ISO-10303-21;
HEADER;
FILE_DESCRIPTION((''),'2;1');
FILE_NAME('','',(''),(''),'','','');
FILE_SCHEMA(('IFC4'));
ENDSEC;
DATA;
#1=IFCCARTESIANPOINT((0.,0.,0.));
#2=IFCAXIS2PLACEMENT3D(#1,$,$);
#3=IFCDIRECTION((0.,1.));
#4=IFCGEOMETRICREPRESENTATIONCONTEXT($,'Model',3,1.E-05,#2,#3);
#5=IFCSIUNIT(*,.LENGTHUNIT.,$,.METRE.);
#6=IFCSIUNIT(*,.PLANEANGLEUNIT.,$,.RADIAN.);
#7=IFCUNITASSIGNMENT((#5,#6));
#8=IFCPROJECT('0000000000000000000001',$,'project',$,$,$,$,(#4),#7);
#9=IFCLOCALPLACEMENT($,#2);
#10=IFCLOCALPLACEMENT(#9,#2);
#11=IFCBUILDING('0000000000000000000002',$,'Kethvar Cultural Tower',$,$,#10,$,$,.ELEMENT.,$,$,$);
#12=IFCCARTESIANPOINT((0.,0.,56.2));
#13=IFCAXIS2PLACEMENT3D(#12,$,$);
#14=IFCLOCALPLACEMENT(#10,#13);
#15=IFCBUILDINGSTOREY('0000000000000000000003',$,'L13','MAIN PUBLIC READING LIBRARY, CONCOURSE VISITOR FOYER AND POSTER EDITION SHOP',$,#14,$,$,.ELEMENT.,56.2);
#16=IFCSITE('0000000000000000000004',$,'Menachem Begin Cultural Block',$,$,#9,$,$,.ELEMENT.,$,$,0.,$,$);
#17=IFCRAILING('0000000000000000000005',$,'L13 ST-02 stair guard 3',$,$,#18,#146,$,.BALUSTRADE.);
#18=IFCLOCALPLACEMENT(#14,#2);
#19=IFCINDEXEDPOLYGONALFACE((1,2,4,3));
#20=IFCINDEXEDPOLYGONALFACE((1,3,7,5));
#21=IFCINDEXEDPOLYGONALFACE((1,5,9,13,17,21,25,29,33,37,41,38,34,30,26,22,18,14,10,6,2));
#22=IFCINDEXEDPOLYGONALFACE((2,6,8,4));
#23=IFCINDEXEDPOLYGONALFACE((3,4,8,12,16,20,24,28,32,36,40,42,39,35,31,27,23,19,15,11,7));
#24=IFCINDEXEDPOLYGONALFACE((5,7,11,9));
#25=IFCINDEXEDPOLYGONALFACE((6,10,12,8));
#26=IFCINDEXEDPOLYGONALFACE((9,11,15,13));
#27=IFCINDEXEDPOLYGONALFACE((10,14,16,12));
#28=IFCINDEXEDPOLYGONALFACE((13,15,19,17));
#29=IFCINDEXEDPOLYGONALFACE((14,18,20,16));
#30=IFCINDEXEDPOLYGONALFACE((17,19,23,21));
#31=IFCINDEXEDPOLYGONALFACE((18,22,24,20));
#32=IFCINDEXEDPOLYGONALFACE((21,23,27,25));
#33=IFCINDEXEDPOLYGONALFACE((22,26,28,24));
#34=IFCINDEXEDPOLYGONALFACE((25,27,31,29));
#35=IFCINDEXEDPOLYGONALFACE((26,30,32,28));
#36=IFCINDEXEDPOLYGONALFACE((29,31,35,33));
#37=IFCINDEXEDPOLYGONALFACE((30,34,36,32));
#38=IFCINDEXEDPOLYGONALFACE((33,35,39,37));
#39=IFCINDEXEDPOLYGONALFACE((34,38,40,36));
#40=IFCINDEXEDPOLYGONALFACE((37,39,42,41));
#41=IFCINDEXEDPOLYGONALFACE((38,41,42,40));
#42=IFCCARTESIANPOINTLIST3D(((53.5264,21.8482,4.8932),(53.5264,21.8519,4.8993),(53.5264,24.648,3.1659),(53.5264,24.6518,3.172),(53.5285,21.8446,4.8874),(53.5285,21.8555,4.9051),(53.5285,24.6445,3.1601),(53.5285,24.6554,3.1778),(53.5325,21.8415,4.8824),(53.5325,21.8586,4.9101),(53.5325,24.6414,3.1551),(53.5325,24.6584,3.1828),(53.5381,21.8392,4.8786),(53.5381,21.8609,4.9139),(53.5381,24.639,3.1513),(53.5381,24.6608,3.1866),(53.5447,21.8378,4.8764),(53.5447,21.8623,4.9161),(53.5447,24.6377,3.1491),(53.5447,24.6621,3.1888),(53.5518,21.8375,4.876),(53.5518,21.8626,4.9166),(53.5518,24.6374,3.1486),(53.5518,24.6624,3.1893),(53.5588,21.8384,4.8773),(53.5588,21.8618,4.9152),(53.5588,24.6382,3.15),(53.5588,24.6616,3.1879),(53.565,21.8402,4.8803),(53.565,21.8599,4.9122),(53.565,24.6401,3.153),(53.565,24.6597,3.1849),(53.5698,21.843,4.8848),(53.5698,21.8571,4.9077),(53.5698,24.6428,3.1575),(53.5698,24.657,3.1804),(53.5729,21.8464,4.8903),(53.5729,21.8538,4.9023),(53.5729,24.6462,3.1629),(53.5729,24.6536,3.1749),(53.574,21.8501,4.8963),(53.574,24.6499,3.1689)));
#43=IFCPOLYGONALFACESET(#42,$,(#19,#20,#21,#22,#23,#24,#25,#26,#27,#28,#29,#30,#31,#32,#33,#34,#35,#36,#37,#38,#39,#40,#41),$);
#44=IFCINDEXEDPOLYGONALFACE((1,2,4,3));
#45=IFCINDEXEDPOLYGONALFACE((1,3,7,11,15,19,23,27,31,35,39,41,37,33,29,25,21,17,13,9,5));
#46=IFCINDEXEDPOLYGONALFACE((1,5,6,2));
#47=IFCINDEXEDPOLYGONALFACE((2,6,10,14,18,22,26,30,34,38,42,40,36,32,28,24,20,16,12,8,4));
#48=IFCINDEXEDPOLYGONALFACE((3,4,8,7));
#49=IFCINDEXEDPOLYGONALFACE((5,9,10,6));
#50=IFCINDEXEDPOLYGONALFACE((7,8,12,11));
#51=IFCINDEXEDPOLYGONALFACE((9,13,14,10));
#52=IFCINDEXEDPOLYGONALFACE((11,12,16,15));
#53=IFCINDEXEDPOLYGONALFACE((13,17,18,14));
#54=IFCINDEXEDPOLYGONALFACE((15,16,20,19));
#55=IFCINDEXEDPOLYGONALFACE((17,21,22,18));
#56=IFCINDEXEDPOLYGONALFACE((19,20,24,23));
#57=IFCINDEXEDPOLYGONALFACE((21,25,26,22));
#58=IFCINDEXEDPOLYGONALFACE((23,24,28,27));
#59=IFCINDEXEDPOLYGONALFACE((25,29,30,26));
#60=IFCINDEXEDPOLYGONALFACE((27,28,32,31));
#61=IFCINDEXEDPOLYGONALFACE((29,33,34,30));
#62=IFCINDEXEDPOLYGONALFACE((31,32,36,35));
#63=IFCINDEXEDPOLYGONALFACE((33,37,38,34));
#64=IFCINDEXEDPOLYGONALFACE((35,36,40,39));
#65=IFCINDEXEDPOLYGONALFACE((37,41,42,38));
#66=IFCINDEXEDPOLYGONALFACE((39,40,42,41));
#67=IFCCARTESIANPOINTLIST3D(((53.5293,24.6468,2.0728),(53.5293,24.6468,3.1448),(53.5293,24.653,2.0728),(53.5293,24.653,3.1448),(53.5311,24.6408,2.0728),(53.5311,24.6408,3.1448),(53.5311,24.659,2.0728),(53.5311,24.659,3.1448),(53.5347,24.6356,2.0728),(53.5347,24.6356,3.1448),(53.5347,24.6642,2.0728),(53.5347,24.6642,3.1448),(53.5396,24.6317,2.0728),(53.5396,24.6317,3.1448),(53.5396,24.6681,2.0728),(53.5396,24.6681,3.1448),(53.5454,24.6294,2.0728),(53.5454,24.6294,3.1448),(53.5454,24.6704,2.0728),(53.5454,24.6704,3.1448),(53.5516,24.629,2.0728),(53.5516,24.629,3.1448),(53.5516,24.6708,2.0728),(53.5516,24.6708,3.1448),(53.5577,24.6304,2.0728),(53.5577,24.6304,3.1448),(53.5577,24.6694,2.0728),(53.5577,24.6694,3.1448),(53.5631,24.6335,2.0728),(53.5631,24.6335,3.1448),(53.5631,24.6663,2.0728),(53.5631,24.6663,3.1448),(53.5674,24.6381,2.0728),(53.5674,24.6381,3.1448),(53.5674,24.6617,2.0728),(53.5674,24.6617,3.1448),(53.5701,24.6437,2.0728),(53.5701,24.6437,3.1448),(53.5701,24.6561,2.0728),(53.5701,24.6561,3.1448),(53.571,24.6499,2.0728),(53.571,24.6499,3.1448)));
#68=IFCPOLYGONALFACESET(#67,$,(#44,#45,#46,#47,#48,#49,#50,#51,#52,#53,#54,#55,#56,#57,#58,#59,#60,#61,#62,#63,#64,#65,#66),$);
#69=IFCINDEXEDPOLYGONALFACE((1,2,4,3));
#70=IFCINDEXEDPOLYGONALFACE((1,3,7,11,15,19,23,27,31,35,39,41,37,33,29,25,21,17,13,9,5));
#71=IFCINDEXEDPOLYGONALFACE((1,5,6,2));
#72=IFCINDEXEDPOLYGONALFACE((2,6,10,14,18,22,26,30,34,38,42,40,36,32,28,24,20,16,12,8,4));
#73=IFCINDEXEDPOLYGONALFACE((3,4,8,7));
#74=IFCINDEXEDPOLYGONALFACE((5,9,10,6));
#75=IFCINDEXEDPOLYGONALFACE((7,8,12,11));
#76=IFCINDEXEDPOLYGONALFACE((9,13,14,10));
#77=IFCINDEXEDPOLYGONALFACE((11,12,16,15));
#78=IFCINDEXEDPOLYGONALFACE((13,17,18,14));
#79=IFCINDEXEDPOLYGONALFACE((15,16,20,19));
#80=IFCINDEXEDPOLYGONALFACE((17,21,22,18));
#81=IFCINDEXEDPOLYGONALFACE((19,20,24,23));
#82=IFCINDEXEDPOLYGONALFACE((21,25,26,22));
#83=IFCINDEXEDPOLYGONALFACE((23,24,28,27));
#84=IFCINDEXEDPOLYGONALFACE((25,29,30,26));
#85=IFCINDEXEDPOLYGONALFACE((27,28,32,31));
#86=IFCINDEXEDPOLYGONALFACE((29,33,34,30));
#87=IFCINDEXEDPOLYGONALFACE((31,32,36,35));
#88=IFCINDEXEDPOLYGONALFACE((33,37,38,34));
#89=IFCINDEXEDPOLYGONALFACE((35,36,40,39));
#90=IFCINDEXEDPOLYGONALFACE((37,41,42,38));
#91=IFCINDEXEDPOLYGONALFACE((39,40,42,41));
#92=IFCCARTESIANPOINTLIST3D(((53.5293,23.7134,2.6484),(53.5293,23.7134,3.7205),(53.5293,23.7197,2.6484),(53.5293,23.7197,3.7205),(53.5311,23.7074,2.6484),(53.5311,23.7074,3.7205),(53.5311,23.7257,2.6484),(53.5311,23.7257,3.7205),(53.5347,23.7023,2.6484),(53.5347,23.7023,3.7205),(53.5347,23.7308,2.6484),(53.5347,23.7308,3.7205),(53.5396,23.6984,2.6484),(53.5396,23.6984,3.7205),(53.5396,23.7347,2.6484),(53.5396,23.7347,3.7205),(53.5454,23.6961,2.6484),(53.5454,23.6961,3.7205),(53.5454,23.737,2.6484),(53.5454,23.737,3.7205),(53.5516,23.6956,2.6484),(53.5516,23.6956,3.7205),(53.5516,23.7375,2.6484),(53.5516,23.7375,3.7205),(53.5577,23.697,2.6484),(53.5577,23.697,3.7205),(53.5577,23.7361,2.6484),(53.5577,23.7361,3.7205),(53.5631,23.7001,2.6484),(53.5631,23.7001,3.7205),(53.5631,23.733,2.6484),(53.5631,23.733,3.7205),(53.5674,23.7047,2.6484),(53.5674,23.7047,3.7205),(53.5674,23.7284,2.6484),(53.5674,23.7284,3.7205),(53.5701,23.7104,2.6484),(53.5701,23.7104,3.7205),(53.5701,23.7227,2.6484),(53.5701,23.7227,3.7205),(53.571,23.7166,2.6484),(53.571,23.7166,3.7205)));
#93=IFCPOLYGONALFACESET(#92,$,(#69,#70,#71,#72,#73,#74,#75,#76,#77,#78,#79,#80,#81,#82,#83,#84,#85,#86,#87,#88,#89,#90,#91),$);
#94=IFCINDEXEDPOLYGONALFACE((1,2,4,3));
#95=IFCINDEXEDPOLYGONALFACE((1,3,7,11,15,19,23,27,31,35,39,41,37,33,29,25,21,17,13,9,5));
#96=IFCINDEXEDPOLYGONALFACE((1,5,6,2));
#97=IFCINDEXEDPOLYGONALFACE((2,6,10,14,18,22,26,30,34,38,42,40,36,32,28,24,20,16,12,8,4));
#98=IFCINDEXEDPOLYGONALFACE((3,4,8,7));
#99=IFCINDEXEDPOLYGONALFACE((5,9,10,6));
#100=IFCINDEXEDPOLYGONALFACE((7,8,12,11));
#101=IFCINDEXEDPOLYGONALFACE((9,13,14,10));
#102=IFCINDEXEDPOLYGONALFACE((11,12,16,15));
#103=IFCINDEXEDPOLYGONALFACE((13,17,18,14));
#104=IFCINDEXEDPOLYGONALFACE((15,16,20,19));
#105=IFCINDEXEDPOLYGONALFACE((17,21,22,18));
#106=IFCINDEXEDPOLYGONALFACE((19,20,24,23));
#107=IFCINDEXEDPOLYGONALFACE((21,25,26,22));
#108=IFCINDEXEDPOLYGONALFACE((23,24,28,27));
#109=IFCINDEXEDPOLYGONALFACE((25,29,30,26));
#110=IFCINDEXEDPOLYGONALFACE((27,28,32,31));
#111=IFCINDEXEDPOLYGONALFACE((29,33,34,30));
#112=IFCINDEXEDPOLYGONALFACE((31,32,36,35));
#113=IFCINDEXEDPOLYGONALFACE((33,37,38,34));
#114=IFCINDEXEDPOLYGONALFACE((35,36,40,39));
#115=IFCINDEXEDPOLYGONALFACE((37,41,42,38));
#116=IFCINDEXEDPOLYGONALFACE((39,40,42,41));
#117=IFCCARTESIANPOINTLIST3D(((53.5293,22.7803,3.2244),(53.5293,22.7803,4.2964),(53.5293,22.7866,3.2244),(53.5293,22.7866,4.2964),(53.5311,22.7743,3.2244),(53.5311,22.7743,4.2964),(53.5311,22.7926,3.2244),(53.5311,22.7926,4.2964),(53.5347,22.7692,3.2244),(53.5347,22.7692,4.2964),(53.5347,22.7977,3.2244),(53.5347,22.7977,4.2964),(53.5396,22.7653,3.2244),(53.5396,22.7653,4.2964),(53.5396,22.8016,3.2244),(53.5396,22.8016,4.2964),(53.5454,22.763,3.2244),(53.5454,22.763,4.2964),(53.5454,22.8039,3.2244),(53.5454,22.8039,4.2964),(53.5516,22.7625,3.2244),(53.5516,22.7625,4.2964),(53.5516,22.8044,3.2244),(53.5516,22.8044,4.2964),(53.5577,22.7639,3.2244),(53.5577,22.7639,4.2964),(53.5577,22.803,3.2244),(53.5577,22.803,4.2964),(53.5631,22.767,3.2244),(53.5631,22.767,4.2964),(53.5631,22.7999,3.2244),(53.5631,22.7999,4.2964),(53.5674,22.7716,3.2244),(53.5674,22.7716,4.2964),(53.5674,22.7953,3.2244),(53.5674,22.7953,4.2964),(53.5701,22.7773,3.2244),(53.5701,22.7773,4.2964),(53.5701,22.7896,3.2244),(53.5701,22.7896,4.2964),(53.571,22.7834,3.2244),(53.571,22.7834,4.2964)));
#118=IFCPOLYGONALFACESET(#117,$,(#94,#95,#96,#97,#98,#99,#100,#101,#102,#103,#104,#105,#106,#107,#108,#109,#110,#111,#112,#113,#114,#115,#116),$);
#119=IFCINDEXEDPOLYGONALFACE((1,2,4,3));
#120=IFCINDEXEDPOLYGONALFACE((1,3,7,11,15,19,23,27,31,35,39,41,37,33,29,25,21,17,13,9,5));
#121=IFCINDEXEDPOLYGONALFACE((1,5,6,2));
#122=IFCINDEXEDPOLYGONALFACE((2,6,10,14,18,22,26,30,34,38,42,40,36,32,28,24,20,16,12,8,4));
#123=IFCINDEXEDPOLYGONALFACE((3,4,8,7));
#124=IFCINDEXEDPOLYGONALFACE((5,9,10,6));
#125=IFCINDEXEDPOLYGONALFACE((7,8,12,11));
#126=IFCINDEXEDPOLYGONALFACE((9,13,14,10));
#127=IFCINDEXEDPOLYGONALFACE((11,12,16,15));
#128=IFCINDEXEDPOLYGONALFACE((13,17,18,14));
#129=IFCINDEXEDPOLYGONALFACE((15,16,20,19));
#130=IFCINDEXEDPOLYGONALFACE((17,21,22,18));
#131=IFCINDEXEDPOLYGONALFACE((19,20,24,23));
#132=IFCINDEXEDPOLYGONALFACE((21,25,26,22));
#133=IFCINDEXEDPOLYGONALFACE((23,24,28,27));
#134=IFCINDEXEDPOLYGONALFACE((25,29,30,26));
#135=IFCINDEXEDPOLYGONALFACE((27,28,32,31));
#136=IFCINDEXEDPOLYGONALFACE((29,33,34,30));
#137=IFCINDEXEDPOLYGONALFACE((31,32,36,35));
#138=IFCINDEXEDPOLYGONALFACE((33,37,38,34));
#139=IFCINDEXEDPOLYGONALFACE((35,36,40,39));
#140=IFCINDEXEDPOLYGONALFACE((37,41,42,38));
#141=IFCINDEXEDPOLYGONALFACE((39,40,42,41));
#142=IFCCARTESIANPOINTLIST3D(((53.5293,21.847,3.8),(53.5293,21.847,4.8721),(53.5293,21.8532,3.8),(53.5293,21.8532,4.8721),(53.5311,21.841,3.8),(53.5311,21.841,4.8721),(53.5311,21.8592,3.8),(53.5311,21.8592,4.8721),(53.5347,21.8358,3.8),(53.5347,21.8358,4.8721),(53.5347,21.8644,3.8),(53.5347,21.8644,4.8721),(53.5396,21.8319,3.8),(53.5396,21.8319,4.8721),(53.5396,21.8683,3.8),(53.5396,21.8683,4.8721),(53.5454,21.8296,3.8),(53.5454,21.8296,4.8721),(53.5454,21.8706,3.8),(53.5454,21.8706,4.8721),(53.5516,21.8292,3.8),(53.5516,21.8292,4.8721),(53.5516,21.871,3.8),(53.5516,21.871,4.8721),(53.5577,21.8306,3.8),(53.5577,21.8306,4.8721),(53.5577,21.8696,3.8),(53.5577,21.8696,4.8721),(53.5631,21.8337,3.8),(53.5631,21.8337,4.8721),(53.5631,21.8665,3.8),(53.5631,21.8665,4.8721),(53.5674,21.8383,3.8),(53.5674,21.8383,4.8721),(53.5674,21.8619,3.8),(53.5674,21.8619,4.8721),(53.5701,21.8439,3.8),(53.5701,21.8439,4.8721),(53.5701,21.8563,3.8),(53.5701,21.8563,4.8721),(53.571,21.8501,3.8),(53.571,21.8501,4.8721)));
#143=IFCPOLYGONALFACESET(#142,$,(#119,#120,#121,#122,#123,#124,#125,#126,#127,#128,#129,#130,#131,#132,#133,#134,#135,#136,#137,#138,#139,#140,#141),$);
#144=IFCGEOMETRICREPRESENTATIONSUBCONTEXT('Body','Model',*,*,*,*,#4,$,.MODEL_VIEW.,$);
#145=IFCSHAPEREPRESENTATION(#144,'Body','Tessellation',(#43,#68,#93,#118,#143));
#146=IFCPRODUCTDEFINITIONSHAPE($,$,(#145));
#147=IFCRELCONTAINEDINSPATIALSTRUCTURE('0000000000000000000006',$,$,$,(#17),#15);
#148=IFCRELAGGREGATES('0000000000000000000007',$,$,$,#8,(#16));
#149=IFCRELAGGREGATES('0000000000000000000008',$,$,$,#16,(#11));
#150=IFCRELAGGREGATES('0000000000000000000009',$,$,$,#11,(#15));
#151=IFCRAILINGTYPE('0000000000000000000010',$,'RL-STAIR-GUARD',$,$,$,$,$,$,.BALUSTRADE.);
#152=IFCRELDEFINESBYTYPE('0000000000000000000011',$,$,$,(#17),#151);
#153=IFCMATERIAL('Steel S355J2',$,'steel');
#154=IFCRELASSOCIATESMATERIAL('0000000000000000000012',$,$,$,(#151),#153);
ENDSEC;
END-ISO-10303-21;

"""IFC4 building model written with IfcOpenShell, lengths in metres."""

from ifc_helpers import new_model, si_unit, direction, frame, origin, origin_2d, place, context, subcontext, project, spatial, circle, extrude, material, type_object, element, save


model = new_model("IFC4")

# Units and contexts
model_context = context("Model", 3, precision=1e-05, world=origin(), true_north=direction((0.0, 1.0)))
body_context = subcontext(model_context, "Body", "Model", "MODEL_VIEW")
ifc_project = project(units=[si_unit("LENGTHUNIT", "METRE"), si_unit("PLANEANGLEUNIT", "RADIAN")], contexts=[model_context])

# Site, building, storey
site_placement = place(None, origin())
site = spatial("IfcSite", under=ifc_project, at=site_placement, Name="Menachem Begin Cultural Block", CompositionType="ELEMENT", RefElevation=0.0)
building_placement = place(site_placement, origin())
building = spatial("IfcBuilding", under=site, at=building_placement, Name="Kethvar Cultural Tower", CompositionType="ELEMENT")
storey_placement = place(building_placement, frame((0.0, 0.0, 56.2)))
storey = spatial("IfcBuildingStorey", under=building, at=storey_placement, Name="L13", Description="MAIN PUBLIC READING LIBRARY, CONCOURSE VISITOR FOYER AND POSTER EDITION SHOP", CompositionType="ELEMENT", Elevation=56.2)

# Shared definitions
ifc_material_1 = material(Name="Steel S355J2", Category="steel")

# Railing
railing_type_1 = type_object("IfcRailingType", Name="RL-STAIR-GUARD", PredefinedType="BALUSTRADE", material=ifc_material_1)
railing_1_placement = place(storey_placement, frame((53.55, 24.6499, 2.0728)))
element("IfcRailing", 1, at=railing_1_placement, inside=storey, type_object=railing_type_1, Name="L13 ST-02 stair guard 3", PredefinedType="BALUSTRADE", context=body_context, shape_type="SweptSolid", body=[
    extrude(circle(Radius=0.0239, at=origin_2d()), frame((0.0, 0.0, 1.0962), z_axis=(0.0, -0.851069, 0.525054), x_axis=(1.0, 0.0, 0.0)), (0.0, 0.0, 1.0), 3.2898),
    extrude(circle(Radius=0.021, at=origin_2d()), origin(), (0.0, 0.0, 1.0), 1.072),
    extrude(circle(Radius=0.021, at=origin_2d()), frame((0.0, -0.9333, 0.5757)), (0.0, 0.0, 1.0), 1.072),
    extrude(circle(Radius=0.021, at=origin_2d()), frame((0.0, -1.8665, 1.1516)), (0.0, 0.0, 1.0), 1.072),
    extrude(circle(Radius=0.021, at=origin_2d()), frame((0.0, -2.7998, 1.7273)), (0.0, 0.0, 1.0), 1.072),
])

save(model, "model.ifc")
